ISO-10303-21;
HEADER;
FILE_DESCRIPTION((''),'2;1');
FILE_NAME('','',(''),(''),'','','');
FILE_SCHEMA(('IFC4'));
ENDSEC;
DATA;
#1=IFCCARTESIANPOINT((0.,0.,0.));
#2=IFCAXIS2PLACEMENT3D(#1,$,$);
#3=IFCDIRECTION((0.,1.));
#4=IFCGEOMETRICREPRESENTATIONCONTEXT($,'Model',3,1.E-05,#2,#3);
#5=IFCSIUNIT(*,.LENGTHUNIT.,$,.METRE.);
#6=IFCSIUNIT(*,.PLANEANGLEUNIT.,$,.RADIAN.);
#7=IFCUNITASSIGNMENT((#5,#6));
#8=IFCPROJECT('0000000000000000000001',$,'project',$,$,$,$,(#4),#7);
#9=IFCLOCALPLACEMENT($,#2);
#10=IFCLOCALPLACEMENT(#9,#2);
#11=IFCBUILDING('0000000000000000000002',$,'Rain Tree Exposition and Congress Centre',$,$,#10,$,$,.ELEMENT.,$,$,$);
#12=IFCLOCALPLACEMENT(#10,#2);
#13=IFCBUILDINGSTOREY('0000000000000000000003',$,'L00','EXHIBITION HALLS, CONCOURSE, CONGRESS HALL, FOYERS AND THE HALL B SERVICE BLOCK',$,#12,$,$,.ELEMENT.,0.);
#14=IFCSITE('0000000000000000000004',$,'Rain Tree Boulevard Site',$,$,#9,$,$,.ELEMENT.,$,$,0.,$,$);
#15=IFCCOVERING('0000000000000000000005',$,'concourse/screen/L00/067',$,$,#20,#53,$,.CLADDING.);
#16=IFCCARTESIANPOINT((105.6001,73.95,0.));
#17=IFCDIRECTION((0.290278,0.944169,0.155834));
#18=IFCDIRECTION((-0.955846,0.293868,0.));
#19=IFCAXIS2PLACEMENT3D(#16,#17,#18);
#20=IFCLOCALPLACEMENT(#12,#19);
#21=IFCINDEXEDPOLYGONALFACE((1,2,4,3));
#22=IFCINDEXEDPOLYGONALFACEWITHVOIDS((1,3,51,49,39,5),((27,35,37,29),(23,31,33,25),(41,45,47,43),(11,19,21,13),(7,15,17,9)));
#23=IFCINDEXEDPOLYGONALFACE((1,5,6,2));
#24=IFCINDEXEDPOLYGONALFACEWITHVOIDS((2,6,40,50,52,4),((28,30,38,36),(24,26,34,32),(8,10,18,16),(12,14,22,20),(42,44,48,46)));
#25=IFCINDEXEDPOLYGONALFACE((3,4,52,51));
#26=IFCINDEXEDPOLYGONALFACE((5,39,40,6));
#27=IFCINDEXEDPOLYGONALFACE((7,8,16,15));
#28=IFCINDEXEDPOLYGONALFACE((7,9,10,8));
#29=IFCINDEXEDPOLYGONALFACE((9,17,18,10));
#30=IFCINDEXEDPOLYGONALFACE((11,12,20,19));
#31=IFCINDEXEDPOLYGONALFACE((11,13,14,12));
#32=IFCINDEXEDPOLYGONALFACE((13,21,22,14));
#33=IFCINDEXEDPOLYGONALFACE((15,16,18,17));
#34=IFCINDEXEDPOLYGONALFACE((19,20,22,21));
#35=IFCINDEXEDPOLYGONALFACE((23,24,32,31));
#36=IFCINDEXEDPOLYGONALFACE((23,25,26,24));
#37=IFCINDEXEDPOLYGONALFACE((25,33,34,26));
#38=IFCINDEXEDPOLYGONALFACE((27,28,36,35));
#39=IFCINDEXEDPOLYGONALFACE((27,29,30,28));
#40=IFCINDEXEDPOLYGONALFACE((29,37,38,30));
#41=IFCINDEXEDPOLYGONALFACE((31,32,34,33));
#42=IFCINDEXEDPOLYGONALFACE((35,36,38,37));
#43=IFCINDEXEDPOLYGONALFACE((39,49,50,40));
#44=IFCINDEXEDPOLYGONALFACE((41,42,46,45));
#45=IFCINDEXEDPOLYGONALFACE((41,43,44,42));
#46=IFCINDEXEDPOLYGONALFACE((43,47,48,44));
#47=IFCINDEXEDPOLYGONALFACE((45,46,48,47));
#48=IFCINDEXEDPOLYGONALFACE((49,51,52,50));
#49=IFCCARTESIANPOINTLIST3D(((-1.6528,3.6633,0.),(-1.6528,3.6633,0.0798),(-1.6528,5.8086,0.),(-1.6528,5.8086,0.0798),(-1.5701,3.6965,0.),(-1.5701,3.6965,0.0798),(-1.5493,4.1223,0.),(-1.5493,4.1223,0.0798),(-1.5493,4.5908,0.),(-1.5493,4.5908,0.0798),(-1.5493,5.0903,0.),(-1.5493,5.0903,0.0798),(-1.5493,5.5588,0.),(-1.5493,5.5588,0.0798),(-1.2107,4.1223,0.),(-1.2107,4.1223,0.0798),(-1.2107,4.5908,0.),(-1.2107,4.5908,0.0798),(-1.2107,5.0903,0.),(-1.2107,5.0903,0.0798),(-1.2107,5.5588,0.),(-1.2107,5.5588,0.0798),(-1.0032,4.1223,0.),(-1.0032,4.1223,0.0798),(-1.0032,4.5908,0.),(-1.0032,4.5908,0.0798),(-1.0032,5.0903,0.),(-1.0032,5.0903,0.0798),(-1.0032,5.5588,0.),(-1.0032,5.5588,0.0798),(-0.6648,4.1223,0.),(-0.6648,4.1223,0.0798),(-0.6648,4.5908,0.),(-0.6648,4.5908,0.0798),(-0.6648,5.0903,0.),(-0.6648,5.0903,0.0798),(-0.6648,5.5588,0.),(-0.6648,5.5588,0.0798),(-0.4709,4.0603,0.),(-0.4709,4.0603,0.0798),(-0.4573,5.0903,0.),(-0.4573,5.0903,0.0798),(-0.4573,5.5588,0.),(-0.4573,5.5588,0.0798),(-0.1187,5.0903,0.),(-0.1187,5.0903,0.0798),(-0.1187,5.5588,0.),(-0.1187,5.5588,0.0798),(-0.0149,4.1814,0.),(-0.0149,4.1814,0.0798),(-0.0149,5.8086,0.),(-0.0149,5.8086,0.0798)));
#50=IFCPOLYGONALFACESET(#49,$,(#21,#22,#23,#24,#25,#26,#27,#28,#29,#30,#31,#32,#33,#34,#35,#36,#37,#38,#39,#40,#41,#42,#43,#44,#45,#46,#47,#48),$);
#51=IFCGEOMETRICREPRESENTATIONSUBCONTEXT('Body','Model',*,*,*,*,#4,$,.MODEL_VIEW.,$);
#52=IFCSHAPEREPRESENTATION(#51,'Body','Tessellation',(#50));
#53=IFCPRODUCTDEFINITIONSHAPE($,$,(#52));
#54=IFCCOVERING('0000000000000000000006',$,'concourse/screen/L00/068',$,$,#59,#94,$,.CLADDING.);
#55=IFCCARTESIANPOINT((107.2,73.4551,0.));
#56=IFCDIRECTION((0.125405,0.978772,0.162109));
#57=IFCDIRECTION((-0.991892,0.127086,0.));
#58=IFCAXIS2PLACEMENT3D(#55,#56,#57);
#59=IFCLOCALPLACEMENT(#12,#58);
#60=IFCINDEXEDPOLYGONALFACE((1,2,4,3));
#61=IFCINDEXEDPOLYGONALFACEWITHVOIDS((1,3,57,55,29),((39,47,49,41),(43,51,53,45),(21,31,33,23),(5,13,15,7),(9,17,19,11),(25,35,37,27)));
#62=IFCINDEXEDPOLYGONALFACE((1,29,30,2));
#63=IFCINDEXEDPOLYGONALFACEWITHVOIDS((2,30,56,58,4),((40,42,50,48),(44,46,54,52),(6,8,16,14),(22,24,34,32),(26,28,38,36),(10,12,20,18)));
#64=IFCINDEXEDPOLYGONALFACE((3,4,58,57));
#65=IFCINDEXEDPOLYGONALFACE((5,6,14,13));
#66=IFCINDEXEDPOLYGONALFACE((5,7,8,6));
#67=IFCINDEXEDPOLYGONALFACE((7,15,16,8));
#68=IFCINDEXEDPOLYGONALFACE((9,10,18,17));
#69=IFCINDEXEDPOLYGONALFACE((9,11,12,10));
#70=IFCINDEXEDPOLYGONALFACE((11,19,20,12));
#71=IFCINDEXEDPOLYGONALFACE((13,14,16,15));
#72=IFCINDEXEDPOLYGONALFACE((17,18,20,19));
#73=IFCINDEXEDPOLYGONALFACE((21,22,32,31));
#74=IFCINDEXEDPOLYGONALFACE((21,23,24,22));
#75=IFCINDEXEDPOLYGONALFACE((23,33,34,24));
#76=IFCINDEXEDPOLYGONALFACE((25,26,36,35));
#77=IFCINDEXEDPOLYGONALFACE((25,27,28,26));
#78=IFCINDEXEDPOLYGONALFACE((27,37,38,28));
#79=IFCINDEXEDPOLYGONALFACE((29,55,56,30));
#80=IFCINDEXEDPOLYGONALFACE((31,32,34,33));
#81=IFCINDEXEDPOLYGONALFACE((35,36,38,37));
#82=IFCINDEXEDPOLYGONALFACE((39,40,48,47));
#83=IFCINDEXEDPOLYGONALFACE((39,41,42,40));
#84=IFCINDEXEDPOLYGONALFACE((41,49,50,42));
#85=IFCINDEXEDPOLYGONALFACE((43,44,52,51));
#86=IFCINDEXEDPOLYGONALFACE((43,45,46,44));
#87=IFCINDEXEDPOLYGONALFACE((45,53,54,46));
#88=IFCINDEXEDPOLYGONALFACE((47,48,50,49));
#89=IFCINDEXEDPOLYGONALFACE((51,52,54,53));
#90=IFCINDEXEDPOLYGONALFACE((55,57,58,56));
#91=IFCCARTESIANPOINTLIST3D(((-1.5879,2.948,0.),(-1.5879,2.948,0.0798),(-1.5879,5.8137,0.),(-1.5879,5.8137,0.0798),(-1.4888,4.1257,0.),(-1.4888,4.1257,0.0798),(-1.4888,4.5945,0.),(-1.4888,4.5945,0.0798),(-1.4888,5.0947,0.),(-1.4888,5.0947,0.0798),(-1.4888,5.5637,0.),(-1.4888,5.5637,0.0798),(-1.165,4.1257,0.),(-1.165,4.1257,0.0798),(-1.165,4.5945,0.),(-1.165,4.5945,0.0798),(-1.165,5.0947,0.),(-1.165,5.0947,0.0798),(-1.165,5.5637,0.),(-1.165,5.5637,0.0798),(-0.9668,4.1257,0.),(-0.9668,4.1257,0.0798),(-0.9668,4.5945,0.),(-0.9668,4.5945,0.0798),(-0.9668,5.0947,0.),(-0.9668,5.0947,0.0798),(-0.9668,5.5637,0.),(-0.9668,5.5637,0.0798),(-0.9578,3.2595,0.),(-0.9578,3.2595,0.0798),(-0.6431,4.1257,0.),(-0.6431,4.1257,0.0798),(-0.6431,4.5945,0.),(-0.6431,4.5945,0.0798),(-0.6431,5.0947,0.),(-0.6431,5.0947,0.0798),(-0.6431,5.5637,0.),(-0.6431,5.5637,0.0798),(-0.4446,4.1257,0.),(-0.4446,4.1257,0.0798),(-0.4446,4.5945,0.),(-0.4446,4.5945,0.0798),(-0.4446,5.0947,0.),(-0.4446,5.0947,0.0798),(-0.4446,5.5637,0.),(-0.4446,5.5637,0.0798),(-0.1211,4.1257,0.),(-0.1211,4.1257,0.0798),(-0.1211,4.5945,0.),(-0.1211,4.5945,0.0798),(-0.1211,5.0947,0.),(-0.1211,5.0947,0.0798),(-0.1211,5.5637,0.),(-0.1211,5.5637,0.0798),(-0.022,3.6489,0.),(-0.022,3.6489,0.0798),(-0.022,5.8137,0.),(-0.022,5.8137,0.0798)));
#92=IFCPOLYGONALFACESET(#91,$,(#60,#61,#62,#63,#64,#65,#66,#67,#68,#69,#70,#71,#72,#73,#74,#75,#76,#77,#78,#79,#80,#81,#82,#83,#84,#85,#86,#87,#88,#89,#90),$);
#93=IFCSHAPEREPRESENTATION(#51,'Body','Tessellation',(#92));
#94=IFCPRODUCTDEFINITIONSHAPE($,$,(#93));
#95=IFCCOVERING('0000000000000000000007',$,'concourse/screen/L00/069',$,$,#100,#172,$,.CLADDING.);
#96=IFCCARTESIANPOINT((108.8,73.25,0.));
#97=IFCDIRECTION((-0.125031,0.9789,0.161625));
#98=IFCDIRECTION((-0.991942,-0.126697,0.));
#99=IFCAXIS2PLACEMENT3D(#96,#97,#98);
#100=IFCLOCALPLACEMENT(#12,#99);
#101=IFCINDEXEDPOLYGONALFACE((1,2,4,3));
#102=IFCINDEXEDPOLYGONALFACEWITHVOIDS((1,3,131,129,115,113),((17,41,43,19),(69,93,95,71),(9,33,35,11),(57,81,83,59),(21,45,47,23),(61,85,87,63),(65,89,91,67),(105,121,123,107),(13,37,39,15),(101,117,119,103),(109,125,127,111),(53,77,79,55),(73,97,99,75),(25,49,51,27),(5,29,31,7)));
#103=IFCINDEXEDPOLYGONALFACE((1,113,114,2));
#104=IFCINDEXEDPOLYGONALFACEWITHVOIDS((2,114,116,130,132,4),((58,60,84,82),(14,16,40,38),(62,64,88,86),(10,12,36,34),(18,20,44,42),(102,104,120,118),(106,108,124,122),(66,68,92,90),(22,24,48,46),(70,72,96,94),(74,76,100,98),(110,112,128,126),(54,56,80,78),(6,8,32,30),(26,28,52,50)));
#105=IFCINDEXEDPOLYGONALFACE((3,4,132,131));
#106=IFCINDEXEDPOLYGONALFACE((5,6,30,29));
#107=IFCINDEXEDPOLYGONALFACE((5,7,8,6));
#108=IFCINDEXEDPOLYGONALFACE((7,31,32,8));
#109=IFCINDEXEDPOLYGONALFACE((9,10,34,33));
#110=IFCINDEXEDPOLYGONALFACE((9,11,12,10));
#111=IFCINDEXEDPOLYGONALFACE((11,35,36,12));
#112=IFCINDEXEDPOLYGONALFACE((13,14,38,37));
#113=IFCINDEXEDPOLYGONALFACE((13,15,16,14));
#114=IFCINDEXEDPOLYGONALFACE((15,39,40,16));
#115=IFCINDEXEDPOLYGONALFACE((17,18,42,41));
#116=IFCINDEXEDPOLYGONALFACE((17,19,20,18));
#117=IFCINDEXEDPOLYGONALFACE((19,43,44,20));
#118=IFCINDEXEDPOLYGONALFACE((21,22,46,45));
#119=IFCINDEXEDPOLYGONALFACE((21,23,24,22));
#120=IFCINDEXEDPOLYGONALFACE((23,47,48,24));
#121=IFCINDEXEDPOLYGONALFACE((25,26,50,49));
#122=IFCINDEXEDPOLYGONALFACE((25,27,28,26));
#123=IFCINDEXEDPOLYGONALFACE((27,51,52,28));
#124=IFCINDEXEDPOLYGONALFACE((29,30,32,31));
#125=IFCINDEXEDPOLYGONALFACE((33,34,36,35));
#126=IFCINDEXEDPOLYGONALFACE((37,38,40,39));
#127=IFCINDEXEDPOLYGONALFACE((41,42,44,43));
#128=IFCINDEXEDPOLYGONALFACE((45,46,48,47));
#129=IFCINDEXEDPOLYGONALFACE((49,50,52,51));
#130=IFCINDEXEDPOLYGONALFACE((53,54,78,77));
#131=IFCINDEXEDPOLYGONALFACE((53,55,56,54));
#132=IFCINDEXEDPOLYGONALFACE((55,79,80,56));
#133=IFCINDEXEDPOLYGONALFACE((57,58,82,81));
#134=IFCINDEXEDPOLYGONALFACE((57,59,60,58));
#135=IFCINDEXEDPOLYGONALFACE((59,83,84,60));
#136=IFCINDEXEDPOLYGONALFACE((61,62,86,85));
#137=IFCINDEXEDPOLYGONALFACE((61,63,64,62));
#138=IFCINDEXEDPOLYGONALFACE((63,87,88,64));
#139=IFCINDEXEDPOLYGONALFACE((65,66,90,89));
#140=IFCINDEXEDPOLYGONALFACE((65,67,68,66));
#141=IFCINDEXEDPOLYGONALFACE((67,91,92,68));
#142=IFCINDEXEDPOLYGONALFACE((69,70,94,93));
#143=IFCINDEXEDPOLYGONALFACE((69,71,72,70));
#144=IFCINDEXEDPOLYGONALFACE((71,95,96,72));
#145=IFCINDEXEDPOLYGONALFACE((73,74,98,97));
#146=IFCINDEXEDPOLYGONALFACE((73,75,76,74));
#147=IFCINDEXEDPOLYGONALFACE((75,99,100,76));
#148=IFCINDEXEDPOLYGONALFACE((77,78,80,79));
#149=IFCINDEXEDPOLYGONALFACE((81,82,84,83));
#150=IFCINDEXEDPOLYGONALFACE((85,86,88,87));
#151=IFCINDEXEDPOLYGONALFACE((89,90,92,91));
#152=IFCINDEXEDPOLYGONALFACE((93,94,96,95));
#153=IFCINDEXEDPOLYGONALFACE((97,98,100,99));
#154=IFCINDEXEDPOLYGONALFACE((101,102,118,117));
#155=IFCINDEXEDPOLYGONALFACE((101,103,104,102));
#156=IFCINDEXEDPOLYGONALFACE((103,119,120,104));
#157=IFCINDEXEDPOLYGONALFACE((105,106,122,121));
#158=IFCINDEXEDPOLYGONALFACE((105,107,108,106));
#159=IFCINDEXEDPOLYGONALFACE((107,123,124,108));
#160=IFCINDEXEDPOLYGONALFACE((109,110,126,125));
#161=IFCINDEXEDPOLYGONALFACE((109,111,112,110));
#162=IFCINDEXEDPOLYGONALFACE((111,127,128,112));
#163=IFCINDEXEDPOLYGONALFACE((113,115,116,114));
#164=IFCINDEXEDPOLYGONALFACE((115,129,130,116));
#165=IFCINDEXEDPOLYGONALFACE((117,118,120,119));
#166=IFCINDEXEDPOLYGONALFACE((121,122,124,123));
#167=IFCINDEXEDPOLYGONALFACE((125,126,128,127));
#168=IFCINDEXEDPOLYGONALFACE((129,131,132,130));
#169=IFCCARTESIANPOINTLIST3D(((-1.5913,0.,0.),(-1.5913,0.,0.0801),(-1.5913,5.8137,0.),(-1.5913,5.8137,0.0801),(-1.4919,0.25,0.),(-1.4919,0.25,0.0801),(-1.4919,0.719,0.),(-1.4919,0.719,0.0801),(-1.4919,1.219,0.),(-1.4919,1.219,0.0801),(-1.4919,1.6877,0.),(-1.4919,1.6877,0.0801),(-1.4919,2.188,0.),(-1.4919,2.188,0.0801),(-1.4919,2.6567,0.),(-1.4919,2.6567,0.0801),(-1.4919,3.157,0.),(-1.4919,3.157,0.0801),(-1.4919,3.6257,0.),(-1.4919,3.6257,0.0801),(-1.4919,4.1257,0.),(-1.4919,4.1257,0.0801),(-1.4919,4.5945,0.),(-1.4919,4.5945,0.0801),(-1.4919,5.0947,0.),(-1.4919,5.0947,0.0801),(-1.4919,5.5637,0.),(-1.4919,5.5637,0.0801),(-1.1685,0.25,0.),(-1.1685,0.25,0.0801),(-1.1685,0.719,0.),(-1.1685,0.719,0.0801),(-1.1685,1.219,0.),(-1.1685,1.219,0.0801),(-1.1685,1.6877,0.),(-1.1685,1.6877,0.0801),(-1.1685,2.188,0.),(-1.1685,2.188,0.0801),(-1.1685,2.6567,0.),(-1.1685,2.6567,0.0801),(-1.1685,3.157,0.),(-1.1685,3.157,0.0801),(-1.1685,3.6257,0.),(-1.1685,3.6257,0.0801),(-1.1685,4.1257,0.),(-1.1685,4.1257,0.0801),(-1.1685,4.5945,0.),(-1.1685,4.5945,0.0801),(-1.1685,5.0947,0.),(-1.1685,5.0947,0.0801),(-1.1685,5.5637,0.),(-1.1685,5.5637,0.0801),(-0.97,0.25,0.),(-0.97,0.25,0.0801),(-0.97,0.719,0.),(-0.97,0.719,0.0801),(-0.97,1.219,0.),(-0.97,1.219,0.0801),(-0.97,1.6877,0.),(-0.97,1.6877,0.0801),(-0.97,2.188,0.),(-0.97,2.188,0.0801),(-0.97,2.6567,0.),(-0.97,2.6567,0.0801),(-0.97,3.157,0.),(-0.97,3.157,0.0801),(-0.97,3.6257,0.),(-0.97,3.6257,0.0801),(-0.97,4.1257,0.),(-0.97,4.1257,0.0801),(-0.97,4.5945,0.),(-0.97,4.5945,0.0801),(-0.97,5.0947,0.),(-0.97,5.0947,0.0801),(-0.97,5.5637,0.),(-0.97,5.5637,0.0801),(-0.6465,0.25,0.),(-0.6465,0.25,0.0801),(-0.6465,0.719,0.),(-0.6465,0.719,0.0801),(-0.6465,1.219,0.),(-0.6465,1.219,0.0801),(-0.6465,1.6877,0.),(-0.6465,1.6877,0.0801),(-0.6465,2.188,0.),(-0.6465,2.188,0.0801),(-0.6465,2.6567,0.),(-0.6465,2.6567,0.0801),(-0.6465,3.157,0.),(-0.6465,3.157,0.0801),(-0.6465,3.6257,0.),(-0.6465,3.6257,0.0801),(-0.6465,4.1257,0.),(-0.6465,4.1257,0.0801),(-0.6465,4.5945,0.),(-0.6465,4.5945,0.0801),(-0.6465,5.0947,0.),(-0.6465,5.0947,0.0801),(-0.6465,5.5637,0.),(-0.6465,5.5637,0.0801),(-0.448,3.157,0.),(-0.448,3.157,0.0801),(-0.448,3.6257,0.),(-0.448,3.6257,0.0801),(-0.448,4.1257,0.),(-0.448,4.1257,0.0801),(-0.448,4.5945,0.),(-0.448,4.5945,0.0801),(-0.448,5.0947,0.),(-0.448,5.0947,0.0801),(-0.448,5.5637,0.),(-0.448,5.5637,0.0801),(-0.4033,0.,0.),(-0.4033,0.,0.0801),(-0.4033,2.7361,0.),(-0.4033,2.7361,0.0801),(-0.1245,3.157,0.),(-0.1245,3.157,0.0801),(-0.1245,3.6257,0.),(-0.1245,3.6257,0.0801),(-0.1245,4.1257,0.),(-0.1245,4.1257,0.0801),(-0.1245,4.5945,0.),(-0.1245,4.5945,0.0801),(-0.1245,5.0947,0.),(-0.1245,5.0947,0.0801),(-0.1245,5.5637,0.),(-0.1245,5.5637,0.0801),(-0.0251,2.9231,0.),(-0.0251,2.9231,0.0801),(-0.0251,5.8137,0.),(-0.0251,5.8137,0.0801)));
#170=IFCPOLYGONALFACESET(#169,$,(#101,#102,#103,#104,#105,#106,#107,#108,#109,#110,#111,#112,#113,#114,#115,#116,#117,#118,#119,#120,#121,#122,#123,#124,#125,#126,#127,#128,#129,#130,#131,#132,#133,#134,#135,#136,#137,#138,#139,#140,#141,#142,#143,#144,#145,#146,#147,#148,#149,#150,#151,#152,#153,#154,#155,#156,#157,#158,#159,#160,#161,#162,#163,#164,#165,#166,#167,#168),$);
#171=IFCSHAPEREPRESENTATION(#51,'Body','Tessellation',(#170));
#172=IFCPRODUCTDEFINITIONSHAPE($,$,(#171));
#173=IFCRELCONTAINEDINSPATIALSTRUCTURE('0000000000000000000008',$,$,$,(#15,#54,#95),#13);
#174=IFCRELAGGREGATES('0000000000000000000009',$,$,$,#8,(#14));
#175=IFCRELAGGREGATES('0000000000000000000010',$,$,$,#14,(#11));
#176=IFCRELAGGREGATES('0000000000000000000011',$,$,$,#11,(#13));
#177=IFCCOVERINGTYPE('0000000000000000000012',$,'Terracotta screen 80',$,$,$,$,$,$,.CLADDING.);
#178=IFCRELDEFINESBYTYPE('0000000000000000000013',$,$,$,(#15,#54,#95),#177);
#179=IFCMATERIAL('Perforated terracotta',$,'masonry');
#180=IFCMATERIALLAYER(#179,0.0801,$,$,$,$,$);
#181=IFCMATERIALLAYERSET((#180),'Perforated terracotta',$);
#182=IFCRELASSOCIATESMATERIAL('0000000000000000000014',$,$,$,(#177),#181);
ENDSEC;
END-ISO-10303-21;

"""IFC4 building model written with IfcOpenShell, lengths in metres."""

from ifc_helpers import new_model, si_unit, direction, frame, origin, place, context, subcontext, project, spatial, polyline, outline, extrude, material, layer, layer_set, type_object, element, save


model = new_model("IFC4")

# Units and contexts
model_context = context("Model", 3, precision=1e-05, world=origin(), true_north=direction((0.0, 1.0)))
body_context = subcontext(model_context, "Body", "Model", "MODEL_VIEW")
ifc_project = project(units=[si_unit("LENGTHUNIT", "METRE"), si_unit("PLANEANGLEUNIT", "RADIAN")], contexts=[model_context])

# Site, building, storey
site_placement = place(None, origin())
site = spatial("IfcSite", under=ifc_project, at=site_placement, Name="Rain Tree Boulevard Site", CompositionType="ELEMENT", RefElevation=0.0)
building_placement = place(site_placement, origin())
building = spatial("IfcBuilding", under=site, at=building_placement, Name="Rain Tree Exposition and Congress Centre", CompositionType="ELEMENT")
storey_placement = place(building_placement, origin())
storey = spatial("IfcBuildingStorey", under=building, at=storey_placement, Name="L00", Description="EXHIBITION HALLS, CONCOURSE, CONGRESS HALL, FOYERS AND THE HALL B SERVICE BLOCK", CompositionType="ELEMENT", Elevation=0.0)

# Coverings
ifc_material_1 = material(Name="Perforated terracotta", Category="masonry")
ifc_layer_1 = layer(ifc_material_1, 0.0801)
ifc_layer_set_1 = layer_set([ifc_layer_1], Name="Perforated terracotta")
covering_type_1 = type_object("IfcCoveringType", Name="Terracotta screen 80", PredefinedType="CLADDING", material=ifc_layer_set_1)
covering_1_placement = place(storey_placement, frame((105.6001, 73.95, 0.0), z_axis=(0.290278, 0.944169, 0.155834), x_axis=(-0.955846, 0.293868, 0.0)))
element("IfcCovering", 1, at=covering_1_placement, inside=storey, type_object=covering_type_1, Name="concourse/screen/L00/067", PredefinedType="CLADDING", context=body_context, shape_type="SweptSolid", body=[
    extrude(outline(polyline([(-0.0149, 5.8086), (-0.0149, 4.1814), (-0.4709, 4.0603), (-1.5701, 3.6965), (-1.6528, 3.6633), (-1.6528, 5.8086), (-0.0149, 5.8086)]), holes=[polyline([(-0.1187, 5.0903), (-0.1187, 5.5588), (-0.4573, 5.5588), (-0.4573, 5.0903), (-0.1187, 5.0903)]), polyline([(-0.6648, 4.1223), (-0.6648, 4.5908), (-1.0032, 4.5908), (-1.0032, 4.1223), (-0.6648, 4.1223)]), polyline([(-0.6648, 5.0903), (-0.6648, 5.5588), (-1.0032, 5.5588), (-1.0032, 5.0903), (-0.6648, 5.0903)]), polyline([(-1.2107, 4.1223), (-1.2107, 4.5908), (-1.5493, 4.5908), (-1.5493, 4.1223), (-1.2107, 4.1223)]), polyline([(-1.2107, 5.0903), (-1.2107, 5.5588), (-1.5493, 5.5588), (-1.5493, 5.0903), (-1.2107, 5.0903)])]), origin(), (0.0, 0.0, 1.0), 0.0798),
])
covering_2_placement = place(storey_placement, frame((107.2, 73.4551, 0.0), z_axis=(0.125405, 0.978772, 0.162109), x_axis=(-0.991892, 0.127086, 0.0)))
element("IfcCovering", 2, at=covering_2_placement, inside=storey, type_object=covering_type_1, Name="concourse/screen/L00/068", PredefinedType="CLADDING", context=body_context, shape_type="SweptSolid", body=[
    extrude(outline(polyline([(-0.022, 5.8137), (-0.022, 3.6489), (-0.9578, 3.2595), (-1.5879, 2.948), (-1.5879, 5.8137), (-0.022, 5.8137)]), holes=[polyline([(-0.1211, 4.1257), (-0.1211, 4.5945), (-0.4446, 4.5945), (-0.4446, 4.1257), (-0.1211, 4.1257)]), polyline([(-0.1211, 5.0947), (-0.1211, 5.5637), (-0.4446, 5.5637), (-0.4446, 5.0947), (-0.1211, 5.0947)]), polyline([(-0.6431, 4.1257), (-0.6431, 4.5945), (-0.9668, 4.5945), (-0.9668, 4.1257), (-0.6431, 4.1257)]), polyline([(-0.6431, 5.0947), (-0.6431, 5.5637), (-0.9668, 5.5637), (-0.9668, 5.0947), (-0.6431, 5.0947)]), polyline([(-1.165, 4.1257), (-1.165, 4.5945), (-1.4888, 4.5945), (-1.4888, 4.1257), (-1.165, 4.1257)]), polyline([(-1.165, 5.0947), (-1.165, 5.5637), (-1.4888, 5.5637), (-1.4888, 5.0947), (-1.165, 5.0947)])]), origin(), (0.0, 0.0, 1.0), 0.0798),
])
covering_3_placement = place(storey_placement, frame((108.8, 73.25, 0.0), z_axis=(-0.125031, 0.9789, 0.161625), x_axis=(-0.991942, -0.126697, 0.0)))
element("IfcCovering", 3, at=covering_3_placement, inside=storey, type_object=covering_type_1, Name="concourse/screen/L00/069", PredefinedType="CLADDING", context=body_context, shape_type="SweptSolid", body=[
    extrude(outline(polyline([(-0.0251, 5.8137), (-0.0251, 2.9231), (-0.4033, 2.7361), (-0.4033, 0.0), (-1.5913, 0.0), (-1.5913, 5.8137), (-0.0251, 5.8137)]), holes=[polyline([(-0.1245, 3.157), (-0.1245, 3.6257), (-0.448, 3.6257), (-0.448, 3.157), (-0.1245, 3.157)]), polyline([(-0.1245, 4.1257), (-0.1245, 4.5945), (-0.448, 4.5945), (-0.448, 4.1257), (-0.1245, 4.1257)]), polyline([(-0.1245, 5.0947), (-0.1245, 5.5637), (-0.448, 5.5637), (-0.448, 5.0947), (-0.1245, 5.0947)]), polyline([(-0.6465, 0.25), (-0.6465, 0.719), (-0.97, 0.719), (-0.97, 0.25), (-0.6465, 0.25)]), polyline([(-0.6465, 1.219), (-0.6465, 1.6877), (-0.97, 1.6877), (-0.97, 1.219), (-0.6465, 1.219)]), polyline([(-0.6465, 2.188), (-0.6465, 2.6567), (-0.97, 2.6567), (-0.97, 2.188), (-0.6465, 2.188)]), polyline([(-0.6465, 3.157), (-0.6465, 3.6257), (-0.97, 3.6257), (-0.97, 3.157), (-0.6465, 3.157)]), polyline([(-0.6465, 4.1257), (-0.6465, 4.5945), (-0.97, 4.5945), (-0.97, 4.1257), (-0.6465, 4.1257)]), polyline([(-0.6465, 5.0947), (-0.6465, 5.5637), (-0.97, 5.5637), (-0.97, 5.0947), (-0.6465, 5.0947)]), polyline([(-1.1685, 0.25), (-1.1685, 0.719), (-1.4919, 0.719), (-1.4919, 0.25), (-1.1685, 0.25)]), polyline([(-1.1685, 1.219), (-1.1685, 1.6877), (-1.4919, 1.6877), (-1.4919, 1.219), (-1.1685, 1.219)]), polyline([(-1.1685, 2.188), (-1.1685, 2.6567), (-1.4919, 2.6567), (-1.4919, 2.188), (-1.1685, 2.188)]), polyline([(-1.1685, 3.157), (-1.1685, 3.6257), (-1.4919, 3.6257), (-1.4919, 3.157), (-1.1685, 3.157)]), polyline([(-1.1685, 4.1257), (-1.1685, 4.5945), (-1.4919, 4.5945), (-1.4919, 4.1257), (-1.1685, 4.1257)]), polyline([(-1.1685, 5.0947), (-1.1685, 5.5637), (-1.4919, 5.5637), (-1.4919, 5.0947), (-1.1685, 5.0947)])]), origin(), (0.0, 0.0, 1.0), 0.0801),
])

save(model, "model.ifc")
